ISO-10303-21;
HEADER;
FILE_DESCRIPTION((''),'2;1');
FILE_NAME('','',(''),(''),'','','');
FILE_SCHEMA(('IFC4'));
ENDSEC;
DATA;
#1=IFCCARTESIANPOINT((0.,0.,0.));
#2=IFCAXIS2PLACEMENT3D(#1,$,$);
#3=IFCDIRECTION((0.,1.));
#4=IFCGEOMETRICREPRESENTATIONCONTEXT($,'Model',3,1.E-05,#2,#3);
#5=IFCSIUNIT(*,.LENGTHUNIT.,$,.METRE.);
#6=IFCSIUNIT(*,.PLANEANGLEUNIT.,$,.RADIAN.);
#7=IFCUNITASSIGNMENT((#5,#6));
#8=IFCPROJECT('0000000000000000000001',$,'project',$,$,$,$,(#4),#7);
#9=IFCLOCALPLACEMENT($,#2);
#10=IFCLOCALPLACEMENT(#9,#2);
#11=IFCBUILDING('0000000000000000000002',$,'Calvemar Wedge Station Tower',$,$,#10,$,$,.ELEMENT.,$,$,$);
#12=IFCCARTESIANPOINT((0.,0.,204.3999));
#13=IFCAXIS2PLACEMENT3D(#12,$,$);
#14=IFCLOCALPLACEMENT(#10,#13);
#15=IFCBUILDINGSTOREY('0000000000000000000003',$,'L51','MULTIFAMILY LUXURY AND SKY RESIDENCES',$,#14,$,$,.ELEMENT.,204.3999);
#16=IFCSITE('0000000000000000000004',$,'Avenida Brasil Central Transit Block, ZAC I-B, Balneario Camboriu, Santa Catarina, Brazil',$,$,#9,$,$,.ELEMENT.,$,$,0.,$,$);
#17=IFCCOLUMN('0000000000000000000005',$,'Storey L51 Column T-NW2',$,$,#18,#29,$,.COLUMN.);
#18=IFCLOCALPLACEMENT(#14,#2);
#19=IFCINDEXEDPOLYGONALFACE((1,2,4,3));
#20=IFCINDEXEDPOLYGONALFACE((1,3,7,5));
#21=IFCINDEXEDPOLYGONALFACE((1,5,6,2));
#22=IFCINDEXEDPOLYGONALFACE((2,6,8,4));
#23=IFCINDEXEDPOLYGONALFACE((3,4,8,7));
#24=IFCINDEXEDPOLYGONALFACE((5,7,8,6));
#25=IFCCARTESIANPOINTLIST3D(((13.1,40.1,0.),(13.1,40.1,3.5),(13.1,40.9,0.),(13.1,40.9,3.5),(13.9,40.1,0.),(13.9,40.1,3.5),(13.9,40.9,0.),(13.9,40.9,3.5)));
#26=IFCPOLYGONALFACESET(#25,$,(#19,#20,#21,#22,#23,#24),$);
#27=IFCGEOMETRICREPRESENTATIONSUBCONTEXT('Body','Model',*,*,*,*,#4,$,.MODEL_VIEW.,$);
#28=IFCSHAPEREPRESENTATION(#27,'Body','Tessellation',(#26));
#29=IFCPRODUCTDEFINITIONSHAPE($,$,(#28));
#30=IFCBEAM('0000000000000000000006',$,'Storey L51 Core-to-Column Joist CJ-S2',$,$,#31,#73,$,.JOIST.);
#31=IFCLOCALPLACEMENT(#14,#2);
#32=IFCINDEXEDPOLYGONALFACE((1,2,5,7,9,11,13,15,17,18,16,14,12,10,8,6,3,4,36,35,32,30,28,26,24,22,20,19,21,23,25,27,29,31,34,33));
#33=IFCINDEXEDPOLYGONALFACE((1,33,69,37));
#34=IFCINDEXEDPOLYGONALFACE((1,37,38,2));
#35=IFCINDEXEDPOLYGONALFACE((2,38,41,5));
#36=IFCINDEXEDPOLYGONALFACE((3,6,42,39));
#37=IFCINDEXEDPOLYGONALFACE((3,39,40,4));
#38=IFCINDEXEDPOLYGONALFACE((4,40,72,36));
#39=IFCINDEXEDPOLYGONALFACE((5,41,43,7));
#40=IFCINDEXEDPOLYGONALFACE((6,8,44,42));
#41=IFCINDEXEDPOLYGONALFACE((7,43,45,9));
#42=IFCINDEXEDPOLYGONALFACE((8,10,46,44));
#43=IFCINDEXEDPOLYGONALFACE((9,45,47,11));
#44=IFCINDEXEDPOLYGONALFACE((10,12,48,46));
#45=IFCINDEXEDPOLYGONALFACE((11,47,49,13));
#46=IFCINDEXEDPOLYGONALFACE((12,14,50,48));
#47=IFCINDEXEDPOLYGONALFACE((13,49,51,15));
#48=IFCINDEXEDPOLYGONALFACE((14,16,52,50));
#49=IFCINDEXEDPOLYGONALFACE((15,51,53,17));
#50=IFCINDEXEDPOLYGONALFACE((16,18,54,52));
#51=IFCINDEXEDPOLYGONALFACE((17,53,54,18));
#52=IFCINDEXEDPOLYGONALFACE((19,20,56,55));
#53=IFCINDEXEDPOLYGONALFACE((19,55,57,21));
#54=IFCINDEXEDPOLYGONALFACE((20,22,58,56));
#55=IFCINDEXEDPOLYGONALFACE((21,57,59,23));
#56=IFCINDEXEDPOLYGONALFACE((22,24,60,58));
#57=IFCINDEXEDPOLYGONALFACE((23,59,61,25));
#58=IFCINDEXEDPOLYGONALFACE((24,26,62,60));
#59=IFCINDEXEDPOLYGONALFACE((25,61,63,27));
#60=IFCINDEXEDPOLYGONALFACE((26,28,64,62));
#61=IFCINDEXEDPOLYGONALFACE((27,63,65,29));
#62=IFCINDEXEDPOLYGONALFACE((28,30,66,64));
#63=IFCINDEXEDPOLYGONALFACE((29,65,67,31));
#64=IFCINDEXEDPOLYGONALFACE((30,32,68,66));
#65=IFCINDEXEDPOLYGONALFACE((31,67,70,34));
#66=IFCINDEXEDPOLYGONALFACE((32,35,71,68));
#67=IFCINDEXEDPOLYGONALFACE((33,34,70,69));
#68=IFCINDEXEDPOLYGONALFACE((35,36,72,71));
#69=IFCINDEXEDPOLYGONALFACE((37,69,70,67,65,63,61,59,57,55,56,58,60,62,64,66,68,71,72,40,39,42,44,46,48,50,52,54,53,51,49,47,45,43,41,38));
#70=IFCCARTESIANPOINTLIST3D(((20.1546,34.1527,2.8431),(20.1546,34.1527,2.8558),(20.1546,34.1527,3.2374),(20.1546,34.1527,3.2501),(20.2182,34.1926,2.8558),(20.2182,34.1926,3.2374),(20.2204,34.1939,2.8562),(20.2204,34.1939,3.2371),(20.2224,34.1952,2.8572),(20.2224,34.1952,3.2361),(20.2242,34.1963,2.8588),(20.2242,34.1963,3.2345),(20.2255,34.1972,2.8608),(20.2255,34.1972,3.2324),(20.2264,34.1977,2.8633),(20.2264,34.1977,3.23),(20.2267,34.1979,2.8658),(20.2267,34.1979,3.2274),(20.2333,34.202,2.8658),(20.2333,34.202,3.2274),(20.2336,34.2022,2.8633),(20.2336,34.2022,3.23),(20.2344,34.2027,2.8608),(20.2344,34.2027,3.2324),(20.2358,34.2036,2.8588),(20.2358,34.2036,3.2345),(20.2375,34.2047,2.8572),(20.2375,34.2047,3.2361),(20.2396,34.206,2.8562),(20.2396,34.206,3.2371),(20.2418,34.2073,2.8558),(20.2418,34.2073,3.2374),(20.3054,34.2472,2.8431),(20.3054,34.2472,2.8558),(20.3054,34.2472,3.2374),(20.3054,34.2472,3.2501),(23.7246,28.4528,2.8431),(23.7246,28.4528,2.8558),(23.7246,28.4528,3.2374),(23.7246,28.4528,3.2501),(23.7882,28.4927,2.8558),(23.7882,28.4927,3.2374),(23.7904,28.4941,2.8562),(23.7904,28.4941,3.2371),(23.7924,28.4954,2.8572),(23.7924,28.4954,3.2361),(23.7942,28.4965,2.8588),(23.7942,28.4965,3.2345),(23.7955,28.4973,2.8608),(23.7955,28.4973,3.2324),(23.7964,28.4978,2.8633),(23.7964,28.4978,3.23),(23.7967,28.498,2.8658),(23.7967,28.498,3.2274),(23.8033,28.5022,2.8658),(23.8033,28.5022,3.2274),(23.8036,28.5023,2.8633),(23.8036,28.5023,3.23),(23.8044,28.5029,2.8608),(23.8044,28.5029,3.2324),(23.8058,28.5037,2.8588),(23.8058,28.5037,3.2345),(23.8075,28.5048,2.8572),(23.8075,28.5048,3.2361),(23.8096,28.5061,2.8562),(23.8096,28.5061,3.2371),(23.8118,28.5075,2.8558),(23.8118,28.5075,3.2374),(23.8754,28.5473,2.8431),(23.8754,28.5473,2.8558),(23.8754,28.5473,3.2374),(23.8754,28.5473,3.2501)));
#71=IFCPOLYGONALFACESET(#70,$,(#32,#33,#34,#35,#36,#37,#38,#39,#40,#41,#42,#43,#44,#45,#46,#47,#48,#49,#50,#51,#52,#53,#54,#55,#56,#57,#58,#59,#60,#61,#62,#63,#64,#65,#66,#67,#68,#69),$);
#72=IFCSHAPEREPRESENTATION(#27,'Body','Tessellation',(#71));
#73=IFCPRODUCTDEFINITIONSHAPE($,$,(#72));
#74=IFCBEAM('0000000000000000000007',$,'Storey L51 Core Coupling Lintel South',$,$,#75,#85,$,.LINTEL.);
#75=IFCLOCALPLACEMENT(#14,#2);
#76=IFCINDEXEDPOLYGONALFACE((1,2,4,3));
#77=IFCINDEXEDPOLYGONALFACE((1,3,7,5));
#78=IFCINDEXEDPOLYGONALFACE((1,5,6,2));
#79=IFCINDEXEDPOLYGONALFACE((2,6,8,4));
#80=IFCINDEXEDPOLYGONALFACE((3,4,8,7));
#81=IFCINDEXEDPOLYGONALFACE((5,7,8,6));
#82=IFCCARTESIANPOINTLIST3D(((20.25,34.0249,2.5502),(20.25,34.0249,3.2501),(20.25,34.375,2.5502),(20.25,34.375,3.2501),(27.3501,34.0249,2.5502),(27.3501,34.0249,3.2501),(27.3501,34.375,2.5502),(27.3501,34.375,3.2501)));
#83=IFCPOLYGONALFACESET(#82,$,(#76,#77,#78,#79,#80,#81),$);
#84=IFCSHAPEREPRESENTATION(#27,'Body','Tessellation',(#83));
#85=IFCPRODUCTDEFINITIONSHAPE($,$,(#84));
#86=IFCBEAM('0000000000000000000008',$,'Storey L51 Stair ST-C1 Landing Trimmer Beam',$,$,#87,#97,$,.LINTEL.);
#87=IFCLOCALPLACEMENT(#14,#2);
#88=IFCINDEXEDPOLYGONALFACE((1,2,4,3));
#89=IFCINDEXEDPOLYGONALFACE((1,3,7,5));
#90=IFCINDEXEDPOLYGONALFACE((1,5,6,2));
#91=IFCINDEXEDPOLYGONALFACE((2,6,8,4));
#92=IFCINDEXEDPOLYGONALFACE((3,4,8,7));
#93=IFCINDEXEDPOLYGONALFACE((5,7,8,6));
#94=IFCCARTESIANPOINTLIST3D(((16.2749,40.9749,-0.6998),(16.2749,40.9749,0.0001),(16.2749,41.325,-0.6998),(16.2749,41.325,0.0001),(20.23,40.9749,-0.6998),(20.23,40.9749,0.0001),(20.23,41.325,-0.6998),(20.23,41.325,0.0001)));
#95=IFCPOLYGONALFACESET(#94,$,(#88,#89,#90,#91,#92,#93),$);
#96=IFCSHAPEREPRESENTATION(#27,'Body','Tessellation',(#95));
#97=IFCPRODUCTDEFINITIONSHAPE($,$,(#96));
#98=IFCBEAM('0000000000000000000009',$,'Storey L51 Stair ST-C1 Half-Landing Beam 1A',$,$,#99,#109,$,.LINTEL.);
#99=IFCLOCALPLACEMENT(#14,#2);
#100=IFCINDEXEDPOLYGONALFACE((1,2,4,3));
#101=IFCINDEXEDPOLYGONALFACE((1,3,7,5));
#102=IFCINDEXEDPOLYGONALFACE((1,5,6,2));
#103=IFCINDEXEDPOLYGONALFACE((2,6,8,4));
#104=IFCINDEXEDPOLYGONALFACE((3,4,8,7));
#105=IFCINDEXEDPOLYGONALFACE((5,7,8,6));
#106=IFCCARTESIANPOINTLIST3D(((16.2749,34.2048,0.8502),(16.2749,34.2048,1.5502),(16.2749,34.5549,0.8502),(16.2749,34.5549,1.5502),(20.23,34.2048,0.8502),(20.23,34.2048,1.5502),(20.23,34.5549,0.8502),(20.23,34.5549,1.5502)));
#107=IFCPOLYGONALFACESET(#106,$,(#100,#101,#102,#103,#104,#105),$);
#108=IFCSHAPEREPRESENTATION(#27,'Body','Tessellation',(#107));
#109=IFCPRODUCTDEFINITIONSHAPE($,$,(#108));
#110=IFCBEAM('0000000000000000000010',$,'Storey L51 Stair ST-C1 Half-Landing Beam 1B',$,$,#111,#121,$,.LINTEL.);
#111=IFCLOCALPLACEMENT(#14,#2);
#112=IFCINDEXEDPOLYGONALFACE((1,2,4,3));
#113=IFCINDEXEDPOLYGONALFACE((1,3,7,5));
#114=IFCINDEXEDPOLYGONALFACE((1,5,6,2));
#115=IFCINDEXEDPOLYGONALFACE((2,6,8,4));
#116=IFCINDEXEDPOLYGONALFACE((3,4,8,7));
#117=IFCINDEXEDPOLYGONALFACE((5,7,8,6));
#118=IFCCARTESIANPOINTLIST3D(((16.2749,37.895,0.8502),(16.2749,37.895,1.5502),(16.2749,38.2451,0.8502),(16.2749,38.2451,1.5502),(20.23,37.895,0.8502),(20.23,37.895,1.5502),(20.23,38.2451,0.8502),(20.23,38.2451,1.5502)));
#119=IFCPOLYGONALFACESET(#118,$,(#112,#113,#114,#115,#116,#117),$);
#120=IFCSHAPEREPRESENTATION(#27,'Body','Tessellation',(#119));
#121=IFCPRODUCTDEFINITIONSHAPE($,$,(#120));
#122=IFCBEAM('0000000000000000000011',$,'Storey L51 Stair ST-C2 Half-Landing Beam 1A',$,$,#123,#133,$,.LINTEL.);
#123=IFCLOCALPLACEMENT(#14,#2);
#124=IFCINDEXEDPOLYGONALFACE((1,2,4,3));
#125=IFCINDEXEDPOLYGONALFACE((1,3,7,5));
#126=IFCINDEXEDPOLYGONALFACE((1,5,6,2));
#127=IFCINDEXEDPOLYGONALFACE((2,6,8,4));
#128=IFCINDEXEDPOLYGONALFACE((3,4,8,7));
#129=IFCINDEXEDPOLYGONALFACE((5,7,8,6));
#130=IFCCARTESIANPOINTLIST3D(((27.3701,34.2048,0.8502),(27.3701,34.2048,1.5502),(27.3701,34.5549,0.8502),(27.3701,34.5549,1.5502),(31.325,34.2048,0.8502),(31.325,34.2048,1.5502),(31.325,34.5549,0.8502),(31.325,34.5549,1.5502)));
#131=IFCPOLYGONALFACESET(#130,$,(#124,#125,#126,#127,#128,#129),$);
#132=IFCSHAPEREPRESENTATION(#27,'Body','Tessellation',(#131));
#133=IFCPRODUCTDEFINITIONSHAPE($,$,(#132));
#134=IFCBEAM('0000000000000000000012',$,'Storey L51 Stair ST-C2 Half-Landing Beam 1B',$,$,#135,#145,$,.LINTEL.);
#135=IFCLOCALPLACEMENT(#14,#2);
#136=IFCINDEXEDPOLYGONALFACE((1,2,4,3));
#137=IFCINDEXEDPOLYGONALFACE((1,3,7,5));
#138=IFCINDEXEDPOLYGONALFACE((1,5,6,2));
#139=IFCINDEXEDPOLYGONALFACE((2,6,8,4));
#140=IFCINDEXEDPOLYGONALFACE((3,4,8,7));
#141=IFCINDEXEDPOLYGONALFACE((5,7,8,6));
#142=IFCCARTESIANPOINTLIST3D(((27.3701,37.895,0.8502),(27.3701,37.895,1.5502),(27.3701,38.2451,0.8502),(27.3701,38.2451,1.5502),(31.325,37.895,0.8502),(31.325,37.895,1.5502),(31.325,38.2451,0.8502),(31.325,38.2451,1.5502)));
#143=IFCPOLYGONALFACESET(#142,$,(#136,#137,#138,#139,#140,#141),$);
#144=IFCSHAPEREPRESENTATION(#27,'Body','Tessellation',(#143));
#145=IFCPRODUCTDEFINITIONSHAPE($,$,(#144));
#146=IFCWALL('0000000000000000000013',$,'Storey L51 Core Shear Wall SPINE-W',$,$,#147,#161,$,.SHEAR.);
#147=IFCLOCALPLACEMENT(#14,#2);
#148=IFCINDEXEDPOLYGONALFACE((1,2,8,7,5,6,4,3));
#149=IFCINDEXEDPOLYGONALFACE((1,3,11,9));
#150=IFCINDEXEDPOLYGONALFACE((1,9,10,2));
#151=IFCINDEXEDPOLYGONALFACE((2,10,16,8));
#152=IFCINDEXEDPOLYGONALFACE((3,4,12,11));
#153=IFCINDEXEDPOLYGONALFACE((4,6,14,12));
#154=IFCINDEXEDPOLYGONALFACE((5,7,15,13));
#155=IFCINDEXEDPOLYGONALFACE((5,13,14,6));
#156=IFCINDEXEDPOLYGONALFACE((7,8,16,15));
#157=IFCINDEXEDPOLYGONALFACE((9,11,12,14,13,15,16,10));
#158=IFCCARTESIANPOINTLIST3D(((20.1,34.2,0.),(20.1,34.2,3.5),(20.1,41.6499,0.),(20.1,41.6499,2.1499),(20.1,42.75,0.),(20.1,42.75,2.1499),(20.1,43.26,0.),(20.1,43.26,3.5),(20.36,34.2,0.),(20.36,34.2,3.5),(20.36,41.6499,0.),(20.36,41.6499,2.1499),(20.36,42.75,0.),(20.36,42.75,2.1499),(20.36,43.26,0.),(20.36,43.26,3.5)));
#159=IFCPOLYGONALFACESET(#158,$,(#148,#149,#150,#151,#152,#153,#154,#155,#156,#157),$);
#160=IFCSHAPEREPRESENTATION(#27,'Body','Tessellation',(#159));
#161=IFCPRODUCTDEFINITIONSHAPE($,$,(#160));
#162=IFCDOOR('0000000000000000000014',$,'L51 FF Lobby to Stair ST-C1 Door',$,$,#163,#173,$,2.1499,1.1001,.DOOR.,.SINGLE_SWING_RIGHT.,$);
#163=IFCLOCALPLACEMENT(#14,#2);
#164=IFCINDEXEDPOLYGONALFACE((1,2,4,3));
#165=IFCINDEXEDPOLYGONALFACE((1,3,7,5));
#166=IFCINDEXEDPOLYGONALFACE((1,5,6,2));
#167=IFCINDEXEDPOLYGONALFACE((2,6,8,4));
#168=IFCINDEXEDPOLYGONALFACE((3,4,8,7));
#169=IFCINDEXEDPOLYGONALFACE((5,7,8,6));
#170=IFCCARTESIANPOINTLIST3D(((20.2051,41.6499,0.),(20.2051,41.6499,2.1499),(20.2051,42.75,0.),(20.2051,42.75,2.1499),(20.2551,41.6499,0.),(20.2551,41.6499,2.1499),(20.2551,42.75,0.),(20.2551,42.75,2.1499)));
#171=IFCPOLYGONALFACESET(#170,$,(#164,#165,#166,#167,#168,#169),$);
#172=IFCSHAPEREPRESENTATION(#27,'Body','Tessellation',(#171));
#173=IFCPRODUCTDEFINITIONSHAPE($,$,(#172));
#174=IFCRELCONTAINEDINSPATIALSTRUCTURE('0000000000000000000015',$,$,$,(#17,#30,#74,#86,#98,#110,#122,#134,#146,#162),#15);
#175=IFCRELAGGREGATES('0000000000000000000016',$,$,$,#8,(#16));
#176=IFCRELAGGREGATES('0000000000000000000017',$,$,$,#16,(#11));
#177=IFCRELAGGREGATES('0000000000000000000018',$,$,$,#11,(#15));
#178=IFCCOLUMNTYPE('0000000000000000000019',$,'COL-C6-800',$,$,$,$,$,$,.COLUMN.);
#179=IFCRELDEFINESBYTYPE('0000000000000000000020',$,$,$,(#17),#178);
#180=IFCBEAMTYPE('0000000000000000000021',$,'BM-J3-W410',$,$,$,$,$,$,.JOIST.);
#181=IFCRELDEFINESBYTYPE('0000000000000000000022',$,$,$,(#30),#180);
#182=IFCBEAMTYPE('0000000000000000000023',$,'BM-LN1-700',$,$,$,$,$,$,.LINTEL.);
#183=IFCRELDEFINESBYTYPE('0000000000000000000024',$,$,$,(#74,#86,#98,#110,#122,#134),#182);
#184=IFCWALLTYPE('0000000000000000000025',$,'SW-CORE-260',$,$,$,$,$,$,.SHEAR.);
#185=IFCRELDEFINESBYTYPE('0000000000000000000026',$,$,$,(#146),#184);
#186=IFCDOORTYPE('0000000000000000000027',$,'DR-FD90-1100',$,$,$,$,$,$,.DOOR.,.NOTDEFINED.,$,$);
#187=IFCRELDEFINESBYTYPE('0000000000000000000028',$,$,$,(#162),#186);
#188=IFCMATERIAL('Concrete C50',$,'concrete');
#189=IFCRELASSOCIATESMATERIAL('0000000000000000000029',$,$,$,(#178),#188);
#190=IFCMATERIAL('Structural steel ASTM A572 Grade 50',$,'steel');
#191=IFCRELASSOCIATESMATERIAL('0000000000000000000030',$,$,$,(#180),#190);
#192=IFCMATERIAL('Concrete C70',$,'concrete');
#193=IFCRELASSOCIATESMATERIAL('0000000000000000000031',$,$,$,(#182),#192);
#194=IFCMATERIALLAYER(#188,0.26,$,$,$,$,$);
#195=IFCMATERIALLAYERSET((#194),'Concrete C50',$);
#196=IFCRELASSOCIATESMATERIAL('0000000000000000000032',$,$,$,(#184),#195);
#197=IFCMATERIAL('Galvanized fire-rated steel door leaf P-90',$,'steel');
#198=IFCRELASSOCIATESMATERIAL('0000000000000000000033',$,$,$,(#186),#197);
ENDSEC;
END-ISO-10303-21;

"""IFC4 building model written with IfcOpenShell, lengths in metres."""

from ifc_helpers import new_model, si_unit, direction, frame, frame_2d, origin, origin_2d, place, context, subcontext, project, spatial, rectangle, i_section, extrude, source, transform, mapped, material, layer, layer_set, material_profile, profile_set, type_object, element, fill, save


model = new_model("IFC4")

# Units and contexts
model_context = context("Model", 3, precision=1e-05, world=origin(), true_north=direction((0.0, 1.0)))
body_context = subcontext(model_context, "Body", "Model", "MODEL_VIEW")
ifc_project = project(units=[si_unit("LENGTHUNIT", "METRE"), si_unit("PLANEANGLEUNIT", "RADIAN")], contexts=[model_context])

# Site, building, storey
site_placement = place(None, origin())
site = spatial("IfcSite", under=ifc_project, at=site_placement, Name="Avenida Brasil Central Transit Block, ZAC I-B, Balneario Camboriu, Santa Catarina, Brazil", CompositionType="ELEMENT", RefElevation=0.0)
building_placement = place(site_placement, origin())
building = spatial("IfcBuilding", under=site, at=building_placement, Name="Calvemar Wedge Station Tower", CompositionType="ELEMENT")
storey_placement = place(building_placement, frame((0.0, 0.0, 204.3999)))
storey = spatial("IfcBuildingStorey", under=building, at=storey_placement, Name="L51", Description="MULTIFAMILY LUXURY AND SKY RESIDENCES", CompositionType="ELEMENT", Elevation=204.3999)

# Column
ifc_material_1 = material(Name="Concrete C50", Category="concrete")
ifc_material_profile_1 = material_profile(ifc_material_1, rectangle(XDim=0.8, YDim=0.8, at=origin_2d()), Name="RC800x800")
ifc_profile_set_1 = profile_set([ifc_material_profile_1], Name="Concrete C50")
column_type = type_object("IfcColumnType", Name="COL-C6-800", PredefinedType="COLUMN", material=ifc_profile_set_1)
shared_shape_1 = source(origin(), body_context, "Body", "SweptSolid", [
    extrude(rectangle(XDim=0.8, YDim=0.8, at=origin_2d()), origin(), (0.0, 0.0, 1.0), 3.5),
])
column_placement = place(storey_placement, frame((13.5, 40.5, 0.0), z_axis=(0.0, 0.0, 1.0), x_axis=(1.0, 0.0, 0.0)))
element("IfcColumn", 1, at=column_placement, inside=storey, type_object=column_type, Name="Storey L51 Column T-NW2", PredefinedType="COLUMN", context=body_context, shape_type="MappedRepresentation", body=[
    mapped(shared_shape_1, transform((0.0, 0.0, 0.0), scale=1.0)),
])

# Beams
ifc_material_2 = material(Name="Structural steel ASTM A572 Grade 50", Category="steel")
ifc_material_profile_2 = material_profile(ifc_material_2, i_section(OverallWidth=0.178, OverallDepth=0.407, WebThickness=0.0078, FlangeThickness=0.0127, FilletRadius=0.01, at=origin_2d()), Name="W410x60")
ifc_profile_set_2 = profile_set([ifc_material_profile_2], Name="Structural steel ASTM A572 Grade 50")
beam_type_1 = type_object("IfcBeamType", Name="BM-J3-W410", PredefinedType="JOIST", material=ifc_profile_set_2)
shared_shape_2 = source(origin(), body_context, "Body", "SweptSolid", [
    extrude(i_section(OverallWidth=0.178, OverallDepth=0.407, WebThickness=0.0078, FlangeThickness=0.0127, FilletRadius=0.01, at=origin_2d()), origin(), (0.0, 0.0, 1.0), 6.7256),
])
beam_1_placement = place(storey_placement, frame((20.23, 34.2, 3.0466), z_axis=(0.530811, -0.84749, 0.0), x_axis=(0.84749, 0.530811, 0.0)))
element("IfcBeam", 2, at=beam_1_placement, inside=storey, type_object=beam_type_1, Name="Storey L51 Core-to-Column Joist CJ-S2", PredefinedType="JOIST", context=body_context, shape_type="MappedRepresentation", body=[
    mapped(shared_shape_2, transform((0.0, 0.0, 0.0), scale=1.0)),
])
ifc_material_3 = material(Name="Concrete C70", Category="concrete")
ifc_material_profile_3 = material_profile(ifc_material_3, rectangle(XDim=0.3501, YDim=0.7, at=origin_2d()), Name="RC350x700")
ifc_profile_set_3 = profile_set([ifc_material_profile_3], Name="Concrete C70")
beam_type_2 = type_object("IfcBeamType", Name="BM-LN1-700", PredefinedType="LINTEL", material=ifc_profile_set_3)
shared_shape_3 = source(origin(), body_context, "Body", "SweptSolid", [
    extrude(rectangle(XDim=0.3501, YDim=0.7, at=origin_2d()), origin(), (0.0, 0.0, 1.0), 7.1001),
])
beam_2_placement = place(storey_placement, frame((20.25, 34.2, 2.9001), z_axis=(1.0, 0.0, 0.0), x_axis=(0.0, 1.0, 0.0)))
element("IfcBeam", 3, at=beam_2_placement, inside=storey, type_object=beam_type_2, Name="Storey L51 Core Coupling Lintel South", PredefinedType="LINTEL", context=body_context, shape_type="MappedRepresentation", body=[
    mapped(shared_shape_3, transform((0.0, 0.0, 0.0), scale=1.0)),
])
shared_shape_4 = source(origin(), body_context, "Body", "SweptSolid", [
    extrude(rectangle(XDim=0.3501, YDim=0.7, at=origin_2d()), origin(), (0.0, 0.0, 1.0), 3.9551),
])
for number, where, z_axis, x_axis, name in (
    (4, (16.2749, 41.1499, -0.3499), (1.0, 0.0, 0.0), (0.0, 1.0, 0.0), "Storey L51 Stair ST-C1 Landing Trimmer Beam"),
    (5, (16.2749, 34.3799, 1.2002), (1.0, 0.0, 0.0), (0.0, 1.0, 0.0), "Storey L51 Stair ST-C1 Half-Landing Beam 1A"),
    (6, (16.2749, 38.0701, 1.2002), (1.0, 0.0, 0.0), (0.0, 1.0, 0.0), "Storey L51 Stair ST-C1 Half-Landing Beam 1B"),
):
    element("IfcBeam", number, at=place(storey_placement, frame(where, z_axis=z_axis, x_axis=x_axis)), inside=storey, type_object=beam_type_2, Name=name, PredefinedType="LINTEL", context=body_context, shape_type="MappedRepresentation", body=[
        mapped(shared_shape_4, transform((0.0, 0.0, 0.0), scale=1.0)),
    ])
shared_shape_5 = source(origin(), body_context, "Body", "SweptSolid", [
    extrude(rectangle(XDim=0.3501, YDim=0.7, at=origin_2d()), origin(), (0.0, 0.0, 1.0), 3.9548),
])
for number, where, z_axis, x_axis, name in (
    (7, (27.3701, 34.3799, 1.2002), (1.0, 0.0, 0.0), (0.0, 1.0, 0.0), "Storey L51 Stair ST-C2 Half-Landing Beam 1A"),
    (8, (27.3701, 38.0701, 1.2002), (1.0, 0.0, 0.0), (0.0, 1.0, 0.0), "Storey L51 Stair ST-C2 Half-Landing Beam 1B"),
):
    element("IfcBeam", number, at=place(storey_placement, frame(where, z_axis=z_axis, x_axis=x_axis)), inside=storey, type_object=beam_type_2, Name=name, PredefinedType="LINTEL", context=body_context, shape_type="MappedRepresentation", body=[
        mapped(shared_shape_5, transform((0.0, 0.0, 0.0), scale=1.0)),
    ])

# Wall, opening, door
ifc_layer_1 = layer(ifc_material_1, 0.26)
ifc_layer_set_1 = layer_set([ifc_layer_1], Name="Concrete C50")
wall_type_1 = type_object("IfcWallType", Name="SW-CORE-260", PredefinedType="SHEAR", material=ifc_layer_set_1)
wall_1_placement = place(storey_placement, frame((20.23, 34.2, 0.0), z_axis=(0.0, 0.0, 1.0), x_axis=(0.0, 1.0, 0.0)))
wall_1 = element("IfcWall", 9, at=wall_1_placement, inside=storey, type_object=wall_type_1, Name="Storey L51 Core Shear Wall SPINE-W", PredefinedType="SHEAR", context=body_context, shape_type="SweptSolid", body=[
    extrude(rectangle(XDim=9.0601, YDim=0.26, at=frame_2d((4.53, 0.0))), origin(), (0.0, 0.0, 1.0), 3.5),
])
shared_shape_6 = source(origin(), body_context, "Body", "SweptSolid", [
    extrude(rectangle(XDim=1.1001, YDim=2.1499, at=frame_2d((0.55, 1.075))), frame((0.0, 0.1401, 0.0), z_axis=(0.0, -1.0, 0.0), x_axis=(1.0, 0.0, 0.0)), (0.0, 0.0, 1.0), 0.28),
])
opening_1_placement = place(wall_1_placement, frame((7.45, 0.0, 0.0)))
opening_1 = element("IfcOpeningElement", 10, at=opening_1_placement, cuts=wall_1, PredefinedType="OPENING", context=body_context, shape_type="MappedRepresentation", body=[
    mapped(shared_shape_6, transform((0.0, 0.0, 0.0), scale=1.0)),
])
ifc_material_4 = material(Name="Galvanized fire-rated steel door leaf P-90", Category="steel")
door_type_1 = type_object("IfcDoorType", Name="DR-FD90-1100", OperationType="NOTDEFINED", PredefinedType="DOOR", material=ifc_material_4)
shared_shape_7 = source(origin(), body_context, "Body", "SweptSolid", [
    extrude(rectangle(XDim=1.1001, YDim=2.1499, at=frame_2d((0.55, 1.075))), frame((0.0, 0.0249, 0.0), z_axis=(0.0, -1.0, 0.0), x_axis=(1.0, 0.0, 0.0)), (0.0, 0.0, 1.0), 0.05),
])
door_1_placement = place(opening_1_placement, origin())
door_1 = element("IfcDoor", 11, at=door_1_placement, inside=storey, type_object=door_type_1, Name="L51 FF Lobby to Stair ST-C1 Door", OperationType="SINGLE_SWING_RIGHT", OverallHeight=2.1499, OverallWidth=1.1001, PredefinedType="DOOR", context=body_context, shape_type="MappedRepresentation", body=[
    mapped(shared_shape_7, transform((0.0, 0.0, 0.0), scale=1.0)),
])
fill(opening_1, door_1)

save(model, "model.ifc")
